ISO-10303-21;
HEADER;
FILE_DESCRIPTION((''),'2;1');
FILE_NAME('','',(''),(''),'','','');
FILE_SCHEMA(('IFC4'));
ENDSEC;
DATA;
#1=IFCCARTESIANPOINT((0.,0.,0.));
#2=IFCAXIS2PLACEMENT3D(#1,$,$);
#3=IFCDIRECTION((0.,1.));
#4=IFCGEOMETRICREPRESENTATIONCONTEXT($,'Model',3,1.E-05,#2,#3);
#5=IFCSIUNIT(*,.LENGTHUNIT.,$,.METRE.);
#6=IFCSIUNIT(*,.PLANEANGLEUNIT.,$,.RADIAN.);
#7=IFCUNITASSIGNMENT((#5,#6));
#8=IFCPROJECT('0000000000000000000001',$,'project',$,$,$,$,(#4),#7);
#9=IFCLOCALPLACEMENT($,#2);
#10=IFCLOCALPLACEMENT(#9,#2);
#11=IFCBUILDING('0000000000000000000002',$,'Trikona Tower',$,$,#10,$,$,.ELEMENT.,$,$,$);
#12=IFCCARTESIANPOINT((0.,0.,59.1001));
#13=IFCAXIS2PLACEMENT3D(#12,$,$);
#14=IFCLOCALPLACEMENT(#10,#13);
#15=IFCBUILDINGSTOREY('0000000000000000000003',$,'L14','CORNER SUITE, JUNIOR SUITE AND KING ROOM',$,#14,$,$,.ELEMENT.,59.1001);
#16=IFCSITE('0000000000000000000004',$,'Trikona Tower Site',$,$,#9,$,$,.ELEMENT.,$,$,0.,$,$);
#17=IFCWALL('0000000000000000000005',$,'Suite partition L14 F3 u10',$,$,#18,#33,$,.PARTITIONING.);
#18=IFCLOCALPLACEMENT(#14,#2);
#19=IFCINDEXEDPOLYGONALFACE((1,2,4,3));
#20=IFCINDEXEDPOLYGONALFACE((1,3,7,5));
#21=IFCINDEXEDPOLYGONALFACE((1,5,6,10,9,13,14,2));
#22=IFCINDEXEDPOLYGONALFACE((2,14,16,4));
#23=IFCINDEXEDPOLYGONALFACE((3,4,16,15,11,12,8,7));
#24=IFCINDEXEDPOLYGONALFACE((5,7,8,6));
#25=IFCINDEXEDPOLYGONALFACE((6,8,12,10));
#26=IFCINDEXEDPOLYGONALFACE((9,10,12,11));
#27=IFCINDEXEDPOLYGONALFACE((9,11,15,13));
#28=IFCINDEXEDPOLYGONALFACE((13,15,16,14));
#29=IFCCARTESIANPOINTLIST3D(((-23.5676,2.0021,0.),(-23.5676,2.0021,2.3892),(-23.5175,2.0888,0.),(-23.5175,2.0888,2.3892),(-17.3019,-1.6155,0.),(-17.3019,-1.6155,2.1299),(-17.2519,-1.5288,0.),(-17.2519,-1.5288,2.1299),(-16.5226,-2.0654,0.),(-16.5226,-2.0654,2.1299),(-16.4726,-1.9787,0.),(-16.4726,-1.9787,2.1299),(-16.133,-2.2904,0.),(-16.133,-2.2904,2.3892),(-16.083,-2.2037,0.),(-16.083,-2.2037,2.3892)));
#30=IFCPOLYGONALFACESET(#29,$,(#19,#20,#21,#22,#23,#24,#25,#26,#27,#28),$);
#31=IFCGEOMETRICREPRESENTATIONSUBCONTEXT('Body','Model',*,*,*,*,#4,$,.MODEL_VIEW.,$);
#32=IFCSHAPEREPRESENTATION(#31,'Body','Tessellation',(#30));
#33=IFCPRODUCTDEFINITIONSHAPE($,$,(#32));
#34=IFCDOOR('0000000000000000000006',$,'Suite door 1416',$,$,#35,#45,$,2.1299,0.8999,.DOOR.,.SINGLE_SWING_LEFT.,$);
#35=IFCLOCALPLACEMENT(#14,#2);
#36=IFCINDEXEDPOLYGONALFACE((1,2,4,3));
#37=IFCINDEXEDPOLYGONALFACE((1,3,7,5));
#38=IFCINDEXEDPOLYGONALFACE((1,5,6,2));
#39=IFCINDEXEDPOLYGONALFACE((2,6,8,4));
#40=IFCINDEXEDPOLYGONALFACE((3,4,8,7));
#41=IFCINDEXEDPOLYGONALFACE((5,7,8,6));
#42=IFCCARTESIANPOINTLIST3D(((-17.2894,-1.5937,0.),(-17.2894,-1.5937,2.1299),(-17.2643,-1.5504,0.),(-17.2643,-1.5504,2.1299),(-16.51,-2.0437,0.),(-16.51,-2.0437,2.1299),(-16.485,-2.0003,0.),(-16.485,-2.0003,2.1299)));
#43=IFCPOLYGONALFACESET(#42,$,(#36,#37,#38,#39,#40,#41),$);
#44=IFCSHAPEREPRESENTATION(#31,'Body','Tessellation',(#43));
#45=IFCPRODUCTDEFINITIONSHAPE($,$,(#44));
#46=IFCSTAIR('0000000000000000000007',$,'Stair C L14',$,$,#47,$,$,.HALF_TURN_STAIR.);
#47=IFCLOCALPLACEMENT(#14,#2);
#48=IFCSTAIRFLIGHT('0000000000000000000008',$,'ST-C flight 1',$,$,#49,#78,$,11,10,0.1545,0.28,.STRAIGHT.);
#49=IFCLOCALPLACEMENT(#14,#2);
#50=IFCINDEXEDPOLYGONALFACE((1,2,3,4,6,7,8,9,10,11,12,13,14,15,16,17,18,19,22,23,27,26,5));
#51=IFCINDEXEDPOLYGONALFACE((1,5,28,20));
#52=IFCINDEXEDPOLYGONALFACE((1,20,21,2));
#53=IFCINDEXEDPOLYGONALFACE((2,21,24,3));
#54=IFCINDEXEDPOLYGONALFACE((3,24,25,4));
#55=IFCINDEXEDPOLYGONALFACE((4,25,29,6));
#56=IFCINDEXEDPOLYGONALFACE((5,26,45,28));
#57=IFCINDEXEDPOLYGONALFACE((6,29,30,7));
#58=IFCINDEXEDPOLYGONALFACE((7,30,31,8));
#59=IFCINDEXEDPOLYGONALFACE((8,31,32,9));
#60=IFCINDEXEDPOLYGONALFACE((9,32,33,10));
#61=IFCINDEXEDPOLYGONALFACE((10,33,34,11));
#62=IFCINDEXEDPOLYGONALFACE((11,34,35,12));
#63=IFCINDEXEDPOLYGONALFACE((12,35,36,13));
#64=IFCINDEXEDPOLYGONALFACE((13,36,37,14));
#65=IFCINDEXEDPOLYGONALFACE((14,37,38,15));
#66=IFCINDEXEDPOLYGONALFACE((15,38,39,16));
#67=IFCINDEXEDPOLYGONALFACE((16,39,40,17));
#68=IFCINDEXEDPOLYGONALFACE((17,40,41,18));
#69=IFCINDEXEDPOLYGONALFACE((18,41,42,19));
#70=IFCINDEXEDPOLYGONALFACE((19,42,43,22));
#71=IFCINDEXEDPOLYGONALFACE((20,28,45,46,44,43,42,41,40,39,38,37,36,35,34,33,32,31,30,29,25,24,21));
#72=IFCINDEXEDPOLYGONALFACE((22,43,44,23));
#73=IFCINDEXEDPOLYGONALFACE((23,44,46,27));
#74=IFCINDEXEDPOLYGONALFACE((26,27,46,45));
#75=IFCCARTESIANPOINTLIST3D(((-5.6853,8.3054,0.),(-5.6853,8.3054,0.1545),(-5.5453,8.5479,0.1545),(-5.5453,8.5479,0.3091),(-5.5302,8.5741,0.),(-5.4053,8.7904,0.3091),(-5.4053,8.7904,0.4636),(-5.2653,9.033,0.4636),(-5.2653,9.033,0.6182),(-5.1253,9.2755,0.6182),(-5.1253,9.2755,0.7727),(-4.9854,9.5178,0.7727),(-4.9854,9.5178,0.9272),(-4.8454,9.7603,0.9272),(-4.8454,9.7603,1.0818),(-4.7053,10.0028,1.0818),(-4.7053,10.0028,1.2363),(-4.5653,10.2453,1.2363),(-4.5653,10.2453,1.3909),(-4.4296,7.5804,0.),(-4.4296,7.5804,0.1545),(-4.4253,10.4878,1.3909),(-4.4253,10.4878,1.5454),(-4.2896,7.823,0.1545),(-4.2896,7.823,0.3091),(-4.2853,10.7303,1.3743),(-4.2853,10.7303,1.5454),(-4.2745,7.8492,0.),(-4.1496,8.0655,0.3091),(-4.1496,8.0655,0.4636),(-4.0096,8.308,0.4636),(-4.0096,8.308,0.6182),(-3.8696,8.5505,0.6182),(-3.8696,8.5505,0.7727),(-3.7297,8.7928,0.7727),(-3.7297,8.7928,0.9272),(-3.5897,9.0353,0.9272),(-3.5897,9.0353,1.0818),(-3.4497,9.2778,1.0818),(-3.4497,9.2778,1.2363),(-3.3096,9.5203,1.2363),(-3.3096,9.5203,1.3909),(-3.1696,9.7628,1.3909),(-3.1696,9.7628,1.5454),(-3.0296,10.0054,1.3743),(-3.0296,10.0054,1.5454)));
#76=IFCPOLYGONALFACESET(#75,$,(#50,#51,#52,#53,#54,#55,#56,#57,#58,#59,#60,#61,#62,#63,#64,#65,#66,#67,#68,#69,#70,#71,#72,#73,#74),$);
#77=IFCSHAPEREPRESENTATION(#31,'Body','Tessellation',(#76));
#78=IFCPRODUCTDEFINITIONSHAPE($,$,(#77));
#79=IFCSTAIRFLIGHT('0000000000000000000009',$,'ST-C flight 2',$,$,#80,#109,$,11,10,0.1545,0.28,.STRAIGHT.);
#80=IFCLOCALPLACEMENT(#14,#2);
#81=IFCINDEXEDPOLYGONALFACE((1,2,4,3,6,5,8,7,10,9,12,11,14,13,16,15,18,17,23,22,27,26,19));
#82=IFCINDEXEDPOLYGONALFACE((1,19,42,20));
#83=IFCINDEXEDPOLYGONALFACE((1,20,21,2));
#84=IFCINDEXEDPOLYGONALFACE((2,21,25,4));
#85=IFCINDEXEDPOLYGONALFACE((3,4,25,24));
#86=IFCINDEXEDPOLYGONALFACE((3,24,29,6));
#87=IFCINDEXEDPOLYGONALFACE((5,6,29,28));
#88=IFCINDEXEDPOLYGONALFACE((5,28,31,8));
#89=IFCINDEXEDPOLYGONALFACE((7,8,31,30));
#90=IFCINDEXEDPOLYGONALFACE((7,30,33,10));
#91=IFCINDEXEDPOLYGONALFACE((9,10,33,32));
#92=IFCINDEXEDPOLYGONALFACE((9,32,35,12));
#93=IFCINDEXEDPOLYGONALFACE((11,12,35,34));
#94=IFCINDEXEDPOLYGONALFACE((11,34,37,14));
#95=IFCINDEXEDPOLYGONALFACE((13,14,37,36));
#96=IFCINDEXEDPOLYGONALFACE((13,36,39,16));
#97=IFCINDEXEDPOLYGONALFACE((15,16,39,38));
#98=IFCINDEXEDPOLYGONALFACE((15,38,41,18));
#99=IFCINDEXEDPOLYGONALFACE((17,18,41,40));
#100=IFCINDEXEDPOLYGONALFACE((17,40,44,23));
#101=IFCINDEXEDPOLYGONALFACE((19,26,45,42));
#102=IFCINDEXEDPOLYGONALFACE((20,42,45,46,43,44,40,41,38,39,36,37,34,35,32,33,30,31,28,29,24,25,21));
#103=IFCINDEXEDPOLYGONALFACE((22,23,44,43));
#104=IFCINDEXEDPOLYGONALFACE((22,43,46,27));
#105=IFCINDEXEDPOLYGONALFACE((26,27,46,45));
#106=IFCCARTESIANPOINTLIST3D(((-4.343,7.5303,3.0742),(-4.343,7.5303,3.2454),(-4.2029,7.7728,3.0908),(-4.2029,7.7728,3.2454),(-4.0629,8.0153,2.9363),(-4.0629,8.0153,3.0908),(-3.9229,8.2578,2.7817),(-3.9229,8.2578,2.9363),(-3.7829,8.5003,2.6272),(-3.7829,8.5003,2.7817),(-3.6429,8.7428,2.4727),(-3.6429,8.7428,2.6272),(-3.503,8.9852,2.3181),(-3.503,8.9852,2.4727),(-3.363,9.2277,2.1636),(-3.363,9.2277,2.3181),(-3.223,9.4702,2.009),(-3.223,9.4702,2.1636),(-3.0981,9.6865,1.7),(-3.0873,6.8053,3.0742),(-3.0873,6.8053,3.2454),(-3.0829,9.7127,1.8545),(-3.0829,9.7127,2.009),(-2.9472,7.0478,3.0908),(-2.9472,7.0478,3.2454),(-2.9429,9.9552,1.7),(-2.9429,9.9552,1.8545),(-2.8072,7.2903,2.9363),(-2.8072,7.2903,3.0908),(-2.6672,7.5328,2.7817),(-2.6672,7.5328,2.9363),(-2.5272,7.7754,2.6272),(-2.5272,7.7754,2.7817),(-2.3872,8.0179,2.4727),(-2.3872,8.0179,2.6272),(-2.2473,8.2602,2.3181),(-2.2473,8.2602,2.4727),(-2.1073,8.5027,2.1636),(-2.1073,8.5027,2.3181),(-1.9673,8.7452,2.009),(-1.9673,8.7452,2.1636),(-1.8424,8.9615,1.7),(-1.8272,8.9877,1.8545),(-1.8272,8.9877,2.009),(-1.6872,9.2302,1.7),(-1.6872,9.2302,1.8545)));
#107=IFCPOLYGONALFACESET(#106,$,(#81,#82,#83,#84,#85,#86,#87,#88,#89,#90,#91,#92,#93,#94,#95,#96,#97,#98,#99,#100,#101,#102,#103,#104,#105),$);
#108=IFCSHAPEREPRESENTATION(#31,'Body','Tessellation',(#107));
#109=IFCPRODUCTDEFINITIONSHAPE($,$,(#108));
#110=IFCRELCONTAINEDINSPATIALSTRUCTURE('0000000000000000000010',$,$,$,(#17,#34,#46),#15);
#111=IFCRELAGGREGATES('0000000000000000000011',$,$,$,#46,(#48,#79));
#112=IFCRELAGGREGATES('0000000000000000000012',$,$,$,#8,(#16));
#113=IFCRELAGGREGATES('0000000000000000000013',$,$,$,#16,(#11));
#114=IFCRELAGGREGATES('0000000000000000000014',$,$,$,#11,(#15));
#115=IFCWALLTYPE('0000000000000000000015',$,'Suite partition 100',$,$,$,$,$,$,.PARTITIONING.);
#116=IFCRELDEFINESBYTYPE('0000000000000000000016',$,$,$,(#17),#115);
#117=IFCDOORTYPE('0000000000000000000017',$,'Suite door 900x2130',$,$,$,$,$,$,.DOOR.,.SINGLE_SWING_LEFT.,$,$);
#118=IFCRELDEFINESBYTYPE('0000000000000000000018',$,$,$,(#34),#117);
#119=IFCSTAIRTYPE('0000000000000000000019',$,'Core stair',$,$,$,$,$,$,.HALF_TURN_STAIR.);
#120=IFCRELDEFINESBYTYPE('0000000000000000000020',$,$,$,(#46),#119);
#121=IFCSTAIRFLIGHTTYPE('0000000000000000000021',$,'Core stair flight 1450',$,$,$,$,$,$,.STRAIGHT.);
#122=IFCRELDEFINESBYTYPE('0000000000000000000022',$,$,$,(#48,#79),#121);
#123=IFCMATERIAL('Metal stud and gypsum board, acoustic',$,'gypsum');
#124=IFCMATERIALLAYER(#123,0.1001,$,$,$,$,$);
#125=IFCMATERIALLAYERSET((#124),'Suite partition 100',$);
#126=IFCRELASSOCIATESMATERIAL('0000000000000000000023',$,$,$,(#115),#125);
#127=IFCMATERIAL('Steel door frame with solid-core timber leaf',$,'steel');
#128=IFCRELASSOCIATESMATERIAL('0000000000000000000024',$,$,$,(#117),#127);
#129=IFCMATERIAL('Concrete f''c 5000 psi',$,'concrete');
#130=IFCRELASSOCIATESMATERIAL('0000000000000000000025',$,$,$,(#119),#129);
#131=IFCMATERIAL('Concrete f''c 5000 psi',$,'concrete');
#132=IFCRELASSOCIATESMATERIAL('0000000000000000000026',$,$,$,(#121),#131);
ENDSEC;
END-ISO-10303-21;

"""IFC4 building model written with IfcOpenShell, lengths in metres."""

from ifc_helpers import new_model, si_unit, direction, frame, frame_2d, origin, place, context, subcontext, project, spatial, polyline, rectangle, outline, extrude, material, layer, layer_set, type_object, element, fill, aggregate, save


model = new_model("IFC4")

# Units and contexts
model_context = context("Model", 3, precision=1e-05, world=origin(), true_north=direction((0.0, 1.0)))
body_context = subcontext(model_context, "Body", "Model", "MODEL_VIEW")
ifc_project = project(units=[si_unit("LENGTHUNIT", "METRE"), si_unit("PLANEANGLEUNIT", "RADIAN")], contexts=[model_context])

# Site, building, storey
site_placement = place(None, origin())
site = spatial("IfcSite", under=ifc_project, at=site_placement, Name="Trikona Tower Site", CompositionType="ELEMENT", RefElevation=0.0)
building_placement = place(site_placement, origin())
building = spatial("IfcBuilding", under=site, at=building_placement, Name="Trikona Tower", CompositionType="ELEMENT")
storey_placement = place(building_placement, frame((0.0, 0.0, 59.1001)))
storey = spatial("IfcBuildingStorey", under=building, at=storey_placement, Name="L14", Description="CORNER SUITE, JUNIOR SUITE AND KING ROOM", CompositionType="ELEMENT", Elevation=59.1001)

# Wall, opening, door
ifc_material_1 = material(Name="Metal stud and gypsum board, acoustic", Category="gypsum")
ifc_layer_1 = layer(ifc_material_1, 0.1001)
ifc_layer_set_1 = layer_set([ifc_layer_1], Name="Suite partition 100")
wall_type_1 = type_object("IfcWallType", Name="Suite partition 100", PredefinedType="PARTITIONING", material=ifc_layer_set_1)
wall_1_placement = place(storey_placement, frame((-16.1079, -2.2471, 0.0), z_axis=(0.0, 0.0, 1.0), x_axis=(-0.866019, 0.500011, 0.0)))
wall_1 = element("IfcWall", 1, at=wall_1_placement, inside=storey, type_object=wall_type_1, Name="Suite partition L14 F3 u10", PredefinedType="PARTITIONING", context=body_context, shape_type="SweptSolid", body=[
    extrude(rectangle(XDim=8.5847, YDim=0.1001, at=frame_2d((4.2925, 0.0))), origin(), (0.0, 0.0, 1.0), 2.3892),
])
opening_1_placement = place(wall_1_placement, frame((0.45, 0.0, 0.0)))
opening_1 = element("IfcOpeningElement", 2, at=opening_1_placement, cuts=wall_1, PredefinedType="OPENING", context=body_context, shape_type="SweptSolid", body=[
    extrude(rectangle(XDim=0.8999, YDim=2.1299, at=frame_2d((0.45, 1.0649))), frame((0.0, 0.0601, 0.0), z_axis=(0.0, -1.0, 0.0), x_axis=(1.0, 0.0, 0.0)), (0.0, 0.0, 1.0), 0.1201),
])
ifc_material_2 = material(Name="Steel door frame with solid-core timber leaf", Category="steel")
door_type_1 = type_object("IfcDoorType", Name="Suite door 900x2130", OperationType="SINGLE_SWING_LEFT", PredefinedType="DOOR", material=ifc_material_2)
door_1_placement = place(opening_1_placement, origin())
door_1 = element("IfcDoor", 3, at=door_1_placement, inside=storey, type_object=door_type_1, Name="Suite door 1416", OperationType="SINGLE_SWING_LEFT", OverallHeight=2.1299, OverallWidth=0.8999, PredefinedType="DOOR", context=body_context, shape_type="SweptSolid", body=[
    extrude(rectangle(XDim=0.8999, YDim=2.1299, at=frame_2d((0.45, 1.0649))), frame((0.0, 0.0249, 0.0), z_axis=(0.0, -1.0, 0.0), x_axis=(1.0, 0.0, 0.0)), (0.0, 0.0, 1.0), 0.05),
])
fill(opening_1, door_1)

# Stair, stair flights
ifc_material_3 = material(Name="Concrete f'c 5000 psi", Category="concrete")
stair_type = type_object("IfcStairType", Name="Core stair", PredefinedType="HALF_TURN_STAIR", material=ifc_material_3)
stair_placement = place(storey_placement, origin())
stair = element("IfcStair", 4, at=stair_placement, inside=storey, type_object=stair_type, Name="Stair C L14", PredefinedType="HALF_TURN_STAIR")
ifc_material_4 = material(Name="Concrete f'c 5000 psi", Category="concrete")
stair_flight_type = type_object("IfcStairFlightType", Name="Core stair flight 1450", PredefinedType="STRAIGHT", material=ifc_material_4)
stair_flight_1_placement = place(storey_placement, frame((-5.0574, 7.9429, 0.0), z_axis=(0.0, 0.0, 1.0), x_axis=(0.5, 0.866025, 0.0)))
stair_flight_1 = element("IfcStairFlight", 5, at=stair_flight_1_placement, type_object=stair_flight_type, Name="ST-C flight 1", NumberOfRisers=11, NumberOfTreads=10, PredefinedType="STRAIGHT", RiserHeight=0.1545, TreadLength=0.28, context=body_context, shape_type="SweptSolid", body=[
    extrude(outline(polyline([(0.0, 0.0), (0.0, 0.1545), (0.28, 0.1545), (0.28, 0.3091), (0.5601, 0.3091), (0.5601, 0.4636), (0.8401, 0.4636), (0.8401, 0.6182), (1.1201, 0.6182), (1.1201, 0.7727), (1.3999, 0.7727), (1.3999, 0.9272), (1.6799, 0.9272), (1.6799, 1.0818), (1.96, 1.0818), (1.96, 1.2363), (2.24, 1.2363), (2.24, 1.3909), (2.52, 1.3909), (2.52, 1.5454), (2.8, 1.5454), (2.8, 1.7), (2.8, 1.3743), (0.3103, 0.0), (0.0, 0.0)])), frame((0.0, 0.7251, 0.0), z_axis=(0.0, -1.0, 0.0), x_axis=(1.0, 0.0, 0.0)), (0.0, 0.0, 1.0), 1.45),
])
stair_flight_2_placement = place(storey_placement, frame((-2.3152, 9.5928, 1.7), z_axis=(0.0, 0.0, 1.0), x_axis=(-0.5, -0.866025, 0.0)))
stair_flight_2 = element("IfcStairFlight", 6, at=stair_flight_2_placement, type_object=stair_flight_type, Name="ST-C flight 2", NumberOfRisers=11, NumberOfTreads=10, PredefinedType="STRAIGHT", RiserHeight=0.1545, TreadLength=0.28, context=body_context, shape_type="SweptSolid", body=[
    extrude(outline(polyline([(0.0, 0.0), (0.0, 0.1545), (0.28, 0.1545), (0.28, 0.3091), (0.5601, 0.3091), (0.5601, 0.4636), (0.8401, 0.4636), (0.8401, 0.6182), (1.1201, 0.6182), (1.1201, 0.7727), (1.3999, 0.7727), (1.3999, 0.9272), (1.6799, 0.9272), (1.6799, 1.0818), (1.96, 1.0818), (1.96, 1.2363), (2.24, 1.2363), (2.24, 1.3909), (2.52, 1.3909), (2.52, 1.5454), (2.8, 1.5454), (2.8, 1.7), (2.8, 1.3743), (0.3103, 0.0), (0.0, 0.0)])), frame((0.0, 0.7251, 0.0), z_axis=(0.0, -1.0, 0.0), x_axis=(1.0, 0.0, 0.0)), (0.0, 0.0, 1.0), 1.45),
])
aggregate(stair, [stair_flight_1, stair_flight_2])

save(model, "model.ifc")
